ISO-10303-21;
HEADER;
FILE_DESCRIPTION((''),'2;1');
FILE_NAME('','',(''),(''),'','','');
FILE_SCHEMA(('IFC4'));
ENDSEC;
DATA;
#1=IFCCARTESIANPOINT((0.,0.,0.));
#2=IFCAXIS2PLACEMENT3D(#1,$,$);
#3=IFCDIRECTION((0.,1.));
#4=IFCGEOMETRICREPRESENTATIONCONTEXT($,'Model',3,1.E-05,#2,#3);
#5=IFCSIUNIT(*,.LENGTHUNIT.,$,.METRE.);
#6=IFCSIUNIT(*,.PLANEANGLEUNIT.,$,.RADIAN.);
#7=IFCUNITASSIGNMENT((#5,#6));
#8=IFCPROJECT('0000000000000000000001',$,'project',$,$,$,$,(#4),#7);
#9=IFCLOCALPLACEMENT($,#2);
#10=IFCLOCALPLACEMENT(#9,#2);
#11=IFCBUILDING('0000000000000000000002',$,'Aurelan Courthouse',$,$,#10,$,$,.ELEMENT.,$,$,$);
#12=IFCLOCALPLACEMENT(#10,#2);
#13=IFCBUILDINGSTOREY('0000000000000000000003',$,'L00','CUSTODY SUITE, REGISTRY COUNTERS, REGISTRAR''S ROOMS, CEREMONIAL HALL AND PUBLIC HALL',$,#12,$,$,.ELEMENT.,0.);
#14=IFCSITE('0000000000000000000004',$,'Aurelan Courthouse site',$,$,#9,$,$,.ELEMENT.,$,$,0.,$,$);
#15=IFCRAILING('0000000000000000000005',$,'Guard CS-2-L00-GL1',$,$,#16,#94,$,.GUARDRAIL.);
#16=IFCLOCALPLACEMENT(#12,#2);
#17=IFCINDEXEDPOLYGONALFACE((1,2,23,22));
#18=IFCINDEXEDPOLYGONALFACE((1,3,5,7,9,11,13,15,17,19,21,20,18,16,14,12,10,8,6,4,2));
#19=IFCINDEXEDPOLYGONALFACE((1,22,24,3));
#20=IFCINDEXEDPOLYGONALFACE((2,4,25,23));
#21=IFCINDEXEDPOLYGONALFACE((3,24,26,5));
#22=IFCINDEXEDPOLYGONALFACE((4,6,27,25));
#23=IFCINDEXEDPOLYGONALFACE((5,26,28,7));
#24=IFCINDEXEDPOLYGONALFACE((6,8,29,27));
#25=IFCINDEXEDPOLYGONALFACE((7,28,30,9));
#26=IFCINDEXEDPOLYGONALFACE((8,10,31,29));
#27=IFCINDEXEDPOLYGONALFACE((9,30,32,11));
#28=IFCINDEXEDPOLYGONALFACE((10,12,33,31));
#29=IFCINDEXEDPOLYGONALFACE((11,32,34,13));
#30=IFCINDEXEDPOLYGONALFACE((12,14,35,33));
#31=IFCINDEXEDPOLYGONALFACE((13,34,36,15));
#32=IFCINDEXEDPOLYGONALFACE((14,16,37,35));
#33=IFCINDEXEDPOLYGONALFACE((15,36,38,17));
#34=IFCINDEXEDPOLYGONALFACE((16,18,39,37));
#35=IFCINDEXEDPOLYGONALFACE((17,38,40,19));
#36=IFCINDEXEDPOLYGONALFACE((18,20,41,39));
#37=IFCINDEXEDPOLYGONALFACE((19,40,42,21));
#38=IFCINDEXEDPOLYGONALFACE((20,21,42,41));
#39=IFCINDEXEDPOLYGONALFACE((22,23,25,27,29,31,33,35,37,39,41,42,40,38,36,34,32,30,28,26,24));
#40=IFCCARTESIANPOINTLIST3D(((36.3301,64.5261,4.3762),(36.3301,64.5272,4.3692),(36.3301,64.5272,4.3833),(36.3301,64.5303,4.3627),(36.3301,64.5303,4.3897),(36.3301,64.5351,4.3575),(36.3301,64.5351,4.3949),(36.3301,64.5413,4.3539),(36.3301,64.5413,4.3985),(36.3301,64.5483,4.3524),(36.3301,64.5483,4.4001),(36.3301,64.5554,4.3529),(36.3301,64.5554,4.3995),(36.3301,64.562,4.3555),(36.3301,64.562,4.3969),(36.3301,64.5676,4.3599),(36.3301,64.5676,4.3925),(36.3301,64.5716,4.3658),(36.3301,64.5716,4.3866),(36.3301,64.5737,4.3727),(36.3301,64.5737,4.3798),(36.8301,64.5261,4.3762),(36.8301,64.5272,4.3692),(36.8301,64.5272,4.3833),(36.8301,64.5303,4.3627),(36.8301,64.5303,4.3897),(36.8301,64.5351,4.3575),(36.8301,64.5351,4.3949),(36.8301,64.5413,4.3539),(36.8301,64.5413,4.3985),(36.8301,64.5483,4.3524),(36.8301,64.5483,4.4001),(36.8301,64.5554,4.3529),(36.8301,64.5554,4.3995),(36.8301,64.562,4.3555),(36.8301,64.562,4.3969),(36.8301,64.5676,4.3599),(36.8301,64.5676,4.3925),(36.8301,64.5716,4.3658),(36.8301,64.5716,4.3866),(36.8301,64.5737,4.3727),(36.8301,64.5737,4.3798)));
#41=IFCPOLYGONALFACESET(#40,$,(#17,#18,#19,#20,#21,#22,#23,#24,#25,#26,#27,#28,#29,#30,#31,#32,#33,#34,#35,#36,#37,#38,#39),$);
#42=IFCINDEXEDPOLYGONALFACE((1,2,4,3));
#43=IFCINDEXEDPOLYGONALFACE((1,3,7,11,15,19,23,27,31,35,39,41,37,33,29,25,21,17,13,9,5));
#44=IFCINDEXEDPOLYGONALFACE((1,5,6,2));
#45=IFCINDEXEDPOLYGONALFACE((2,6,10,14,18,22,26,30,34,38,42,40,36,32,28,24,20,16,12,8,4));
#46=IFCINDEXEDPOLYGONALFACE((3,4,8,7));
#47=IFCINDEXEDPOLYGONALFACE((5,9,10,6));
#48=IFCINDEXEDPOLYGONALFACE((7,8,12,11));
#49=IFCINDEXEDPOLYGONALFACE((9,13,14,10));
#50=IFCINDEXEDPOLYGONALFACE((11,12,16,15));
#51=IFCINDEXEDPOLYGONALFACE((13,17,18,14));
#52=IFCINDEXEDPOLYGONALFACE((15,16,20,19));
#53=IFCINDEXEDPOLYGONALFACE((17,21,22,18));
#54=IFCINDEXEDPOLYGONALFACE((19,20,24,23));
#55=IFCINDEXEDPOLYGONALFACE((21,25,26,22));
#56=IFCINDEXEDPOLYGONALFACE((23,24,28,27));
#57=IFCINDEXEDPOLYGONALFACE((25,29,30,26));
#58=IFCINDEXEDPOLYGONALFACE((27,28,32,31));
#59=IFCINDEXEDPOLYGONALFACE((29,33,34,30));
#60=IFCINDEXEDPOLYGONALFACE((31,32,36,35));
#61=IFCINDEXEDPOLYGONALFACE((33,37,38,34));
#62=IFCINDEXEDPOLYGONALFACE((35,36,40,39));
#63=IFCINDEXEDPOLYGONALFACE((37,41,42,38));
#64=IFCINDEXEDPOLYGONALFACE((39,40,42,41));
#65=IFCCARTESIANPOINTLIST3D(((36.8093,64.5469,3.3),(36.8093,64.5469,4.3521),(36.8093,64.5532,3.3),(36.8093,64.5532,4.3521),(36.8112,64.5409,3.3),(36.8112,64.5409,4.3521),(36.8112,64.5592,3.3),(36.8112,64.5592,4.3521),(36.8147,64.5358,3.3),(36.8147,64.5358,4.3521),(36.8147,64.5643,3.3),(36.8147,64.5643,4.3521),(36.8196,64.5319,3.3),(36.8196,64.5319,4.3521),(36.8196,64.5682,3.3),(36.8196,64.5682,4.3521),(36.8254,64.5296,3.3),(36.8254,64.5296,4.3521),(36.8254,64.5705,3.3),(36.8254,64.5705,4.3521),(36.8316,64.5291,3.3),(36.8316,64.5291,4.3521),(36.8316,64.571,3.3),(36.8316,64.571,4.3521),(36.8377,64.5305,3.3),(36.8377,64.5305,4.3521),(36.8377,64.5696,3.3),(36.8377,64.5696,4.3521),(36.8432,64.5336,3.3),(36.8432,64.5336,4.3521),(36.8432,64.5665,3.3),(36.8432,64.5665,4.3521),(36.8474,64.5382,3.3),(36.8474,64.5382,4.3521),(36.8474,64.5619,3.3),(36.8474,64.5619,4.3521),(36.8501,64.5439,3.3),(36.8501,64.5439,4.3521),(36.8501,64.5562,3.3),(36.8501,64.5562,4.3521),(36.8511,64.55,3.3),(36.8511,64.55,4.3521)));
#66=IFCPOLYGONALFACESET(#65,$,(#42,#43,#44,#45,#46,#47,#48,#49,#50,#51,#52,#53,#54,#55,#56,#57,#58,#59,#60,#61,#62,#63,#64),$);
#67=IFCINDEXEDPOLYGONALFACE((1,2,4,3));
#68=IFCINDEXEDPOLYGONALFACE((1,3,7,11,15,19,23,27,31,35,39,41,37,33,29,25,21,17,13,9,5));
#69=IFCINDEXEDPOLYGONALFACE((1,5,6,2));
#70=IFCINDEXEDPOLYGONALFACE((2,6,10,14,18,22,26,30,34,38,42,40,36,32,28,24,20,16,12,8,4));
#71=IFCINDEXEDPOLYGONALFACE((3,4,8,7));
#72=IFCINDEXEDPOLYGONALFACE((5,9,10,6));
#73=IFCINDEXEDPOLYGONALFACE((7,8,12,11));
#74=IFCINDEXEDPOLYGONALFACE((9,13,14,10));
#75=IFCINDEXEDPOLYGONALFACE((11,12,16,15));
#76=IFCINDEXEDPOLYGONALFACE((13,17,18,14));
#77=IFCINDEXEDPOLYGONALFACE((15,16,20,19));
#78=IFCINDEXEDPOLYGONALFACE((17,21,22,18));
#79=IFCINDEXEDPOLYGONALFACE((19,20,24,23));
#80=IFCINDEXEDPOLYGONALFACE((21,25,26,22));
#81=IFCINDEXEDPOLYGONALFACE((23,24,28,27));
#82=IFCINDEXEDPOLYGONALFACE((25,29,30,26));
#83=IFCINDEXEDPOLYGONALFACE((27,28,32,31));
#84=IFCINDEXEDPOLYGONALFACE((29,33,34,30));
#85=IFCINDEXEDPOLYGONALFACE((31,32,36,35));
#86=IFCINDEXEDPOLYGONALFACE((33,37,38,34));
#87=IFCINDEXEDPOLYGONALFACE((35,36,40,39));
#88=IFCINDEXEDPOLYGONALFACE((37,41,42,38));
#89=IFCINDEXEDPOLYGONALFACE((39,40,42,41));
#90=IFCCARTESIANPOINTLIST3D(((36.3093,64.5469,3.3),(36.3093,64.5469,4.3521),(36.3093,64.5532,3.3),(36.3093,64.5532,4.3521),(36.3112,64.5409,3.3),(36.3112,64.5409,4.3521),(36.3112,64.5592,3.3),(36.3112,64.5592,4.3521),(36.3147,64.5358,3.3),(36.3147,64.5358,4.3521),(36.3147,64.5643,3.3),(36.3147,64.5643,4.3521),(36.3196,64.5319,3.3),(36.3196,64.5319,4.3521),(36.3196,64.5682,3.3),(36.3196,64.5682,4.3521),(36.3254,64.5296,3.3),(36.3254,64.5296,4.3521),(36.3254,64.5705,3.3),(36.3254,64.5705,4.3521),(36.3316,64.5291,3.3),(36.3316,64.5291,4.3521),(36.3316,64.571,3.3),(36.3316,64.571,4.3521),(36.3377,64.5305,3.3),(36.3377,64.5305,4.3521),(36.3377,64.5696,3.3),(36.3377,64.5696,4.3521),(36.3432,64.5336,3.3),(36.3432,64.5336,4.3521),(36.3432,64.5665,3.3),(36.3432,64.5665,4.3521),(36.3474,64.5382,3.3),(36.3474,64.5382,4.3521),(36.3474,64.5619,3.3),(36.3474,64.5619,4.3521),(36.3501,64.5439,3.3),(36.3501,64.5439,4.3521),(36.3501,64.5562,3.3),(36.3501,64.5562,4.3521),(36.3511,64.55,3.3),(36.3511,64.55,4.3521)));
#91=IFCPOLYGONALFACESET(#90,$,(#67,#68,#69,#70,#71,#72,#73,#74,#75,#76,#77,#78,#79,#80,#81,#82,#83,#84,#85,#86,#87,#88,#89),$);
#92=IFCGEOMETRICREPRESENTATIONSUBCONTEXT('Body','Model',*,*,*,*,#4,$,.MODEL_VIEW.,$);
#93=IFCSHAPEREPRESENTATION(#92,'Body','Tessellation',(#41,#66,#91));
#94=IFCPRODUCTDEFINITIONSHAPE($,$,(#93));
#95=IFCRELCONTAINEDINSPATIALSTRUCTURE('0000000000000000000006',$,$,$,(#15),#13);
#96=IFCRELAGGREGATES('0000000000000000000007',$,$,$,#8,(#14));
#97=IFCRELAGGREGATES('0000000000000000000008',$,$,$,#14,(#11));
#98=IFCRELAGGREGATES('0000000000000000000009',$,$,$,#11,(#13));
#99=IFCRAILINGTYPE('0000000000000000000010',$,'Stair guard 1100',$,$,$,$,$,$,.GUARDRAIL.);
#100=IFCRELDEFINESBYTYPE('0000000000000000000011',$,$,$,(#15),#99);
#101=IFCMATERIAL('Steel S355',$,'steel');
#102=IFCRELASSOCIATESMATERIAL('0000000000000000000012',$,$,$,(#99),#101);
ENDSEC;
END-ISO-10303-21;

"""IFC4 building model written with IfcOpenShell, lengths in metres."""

from ifc_helpers import new_model, si_unit, direction, frame, origin, origin_2d, place, context, subcontext, project, spatial, circle, extrude, material, type_object, element, save


model = new_model("IFC4")

# Units and contexts
model_context = context("Model", 3, precision=1e-05, world=origin(), true_north=direction((0.0, 1.0)))
body_context = subcontext(model_context, "Body", "Model", "MODEL_VIEW")
ifc_project = project(units=[si_unit("LENGTHUNIT", "METRE"), si_unit("PLANEANGLEUNIT", "RADIAN")], contexts=[model_context])

# Site, building, storey
site_placement = place(None, origin())
site = spatial("IfcSite", under=ifc_project, at=site_placement, Name="Aurelan Courthouse site", CompositionType="ELEMENT", RefElevation=0.0)
building_placement = place(site_placement, origin())
building = spatial("IfcBuilding", under=site, at=building_placement, Name="Aurelan Courthouse", CompositionType="ELEMENT")
storey_placement = place(building_placement, origin())
storey = spatial("IfcBuildingStorey", under=building, at=storey_placement, Name="L00", Description="CUSTODY SUITE, REGISTRY COUNTERS, REGISTRAR'S ROOMS, CEREMONIAL HALL AND PUBLIC HALL", CompositionType="ELEMENT", Elevation=0.0)

# Railing
ifc_material_1 = material(Name="Steel S355", Category="steel")
railing_type_1 = type_object("IfcRailingType", Name="Stair guard 1100", PredefinedType="GUARDRAIL", material=ifc_material_1)
railing_1_placement = place(storey_placement, frame((36.8301, 64.55, 3.3)))
element("IfcRailing", 1, at=railing_1_placement, inside=storey, type_object=railing_type_1, Name="Guard CS-2-L00-GL1", PredefinedType="GUARDRAIL", context=body_context, shape_type="SweptSolid", body=[
    extrude(circle(Radius=0.0239, at=origin_2d()), frame((0.0, 0.0, 1.0762), z_axis=(-1.0, 0.0, 0.0), x_axis=(0.0, -1.0, 0.0)), (0.0, 0.0, 1.0), 0.5),
    extrude(circle(Radius=0.021, at=origin_2d()), origin(), (0.0, 0.0, 1.0), 1.052),
    extrude(circle(Radius=0.021, at=origin_2d()), frame((-0.5, 0.0, 0.0)), (0.0, 0.0, 1.0), 1.052),
])

save(model, "model.ifc")
